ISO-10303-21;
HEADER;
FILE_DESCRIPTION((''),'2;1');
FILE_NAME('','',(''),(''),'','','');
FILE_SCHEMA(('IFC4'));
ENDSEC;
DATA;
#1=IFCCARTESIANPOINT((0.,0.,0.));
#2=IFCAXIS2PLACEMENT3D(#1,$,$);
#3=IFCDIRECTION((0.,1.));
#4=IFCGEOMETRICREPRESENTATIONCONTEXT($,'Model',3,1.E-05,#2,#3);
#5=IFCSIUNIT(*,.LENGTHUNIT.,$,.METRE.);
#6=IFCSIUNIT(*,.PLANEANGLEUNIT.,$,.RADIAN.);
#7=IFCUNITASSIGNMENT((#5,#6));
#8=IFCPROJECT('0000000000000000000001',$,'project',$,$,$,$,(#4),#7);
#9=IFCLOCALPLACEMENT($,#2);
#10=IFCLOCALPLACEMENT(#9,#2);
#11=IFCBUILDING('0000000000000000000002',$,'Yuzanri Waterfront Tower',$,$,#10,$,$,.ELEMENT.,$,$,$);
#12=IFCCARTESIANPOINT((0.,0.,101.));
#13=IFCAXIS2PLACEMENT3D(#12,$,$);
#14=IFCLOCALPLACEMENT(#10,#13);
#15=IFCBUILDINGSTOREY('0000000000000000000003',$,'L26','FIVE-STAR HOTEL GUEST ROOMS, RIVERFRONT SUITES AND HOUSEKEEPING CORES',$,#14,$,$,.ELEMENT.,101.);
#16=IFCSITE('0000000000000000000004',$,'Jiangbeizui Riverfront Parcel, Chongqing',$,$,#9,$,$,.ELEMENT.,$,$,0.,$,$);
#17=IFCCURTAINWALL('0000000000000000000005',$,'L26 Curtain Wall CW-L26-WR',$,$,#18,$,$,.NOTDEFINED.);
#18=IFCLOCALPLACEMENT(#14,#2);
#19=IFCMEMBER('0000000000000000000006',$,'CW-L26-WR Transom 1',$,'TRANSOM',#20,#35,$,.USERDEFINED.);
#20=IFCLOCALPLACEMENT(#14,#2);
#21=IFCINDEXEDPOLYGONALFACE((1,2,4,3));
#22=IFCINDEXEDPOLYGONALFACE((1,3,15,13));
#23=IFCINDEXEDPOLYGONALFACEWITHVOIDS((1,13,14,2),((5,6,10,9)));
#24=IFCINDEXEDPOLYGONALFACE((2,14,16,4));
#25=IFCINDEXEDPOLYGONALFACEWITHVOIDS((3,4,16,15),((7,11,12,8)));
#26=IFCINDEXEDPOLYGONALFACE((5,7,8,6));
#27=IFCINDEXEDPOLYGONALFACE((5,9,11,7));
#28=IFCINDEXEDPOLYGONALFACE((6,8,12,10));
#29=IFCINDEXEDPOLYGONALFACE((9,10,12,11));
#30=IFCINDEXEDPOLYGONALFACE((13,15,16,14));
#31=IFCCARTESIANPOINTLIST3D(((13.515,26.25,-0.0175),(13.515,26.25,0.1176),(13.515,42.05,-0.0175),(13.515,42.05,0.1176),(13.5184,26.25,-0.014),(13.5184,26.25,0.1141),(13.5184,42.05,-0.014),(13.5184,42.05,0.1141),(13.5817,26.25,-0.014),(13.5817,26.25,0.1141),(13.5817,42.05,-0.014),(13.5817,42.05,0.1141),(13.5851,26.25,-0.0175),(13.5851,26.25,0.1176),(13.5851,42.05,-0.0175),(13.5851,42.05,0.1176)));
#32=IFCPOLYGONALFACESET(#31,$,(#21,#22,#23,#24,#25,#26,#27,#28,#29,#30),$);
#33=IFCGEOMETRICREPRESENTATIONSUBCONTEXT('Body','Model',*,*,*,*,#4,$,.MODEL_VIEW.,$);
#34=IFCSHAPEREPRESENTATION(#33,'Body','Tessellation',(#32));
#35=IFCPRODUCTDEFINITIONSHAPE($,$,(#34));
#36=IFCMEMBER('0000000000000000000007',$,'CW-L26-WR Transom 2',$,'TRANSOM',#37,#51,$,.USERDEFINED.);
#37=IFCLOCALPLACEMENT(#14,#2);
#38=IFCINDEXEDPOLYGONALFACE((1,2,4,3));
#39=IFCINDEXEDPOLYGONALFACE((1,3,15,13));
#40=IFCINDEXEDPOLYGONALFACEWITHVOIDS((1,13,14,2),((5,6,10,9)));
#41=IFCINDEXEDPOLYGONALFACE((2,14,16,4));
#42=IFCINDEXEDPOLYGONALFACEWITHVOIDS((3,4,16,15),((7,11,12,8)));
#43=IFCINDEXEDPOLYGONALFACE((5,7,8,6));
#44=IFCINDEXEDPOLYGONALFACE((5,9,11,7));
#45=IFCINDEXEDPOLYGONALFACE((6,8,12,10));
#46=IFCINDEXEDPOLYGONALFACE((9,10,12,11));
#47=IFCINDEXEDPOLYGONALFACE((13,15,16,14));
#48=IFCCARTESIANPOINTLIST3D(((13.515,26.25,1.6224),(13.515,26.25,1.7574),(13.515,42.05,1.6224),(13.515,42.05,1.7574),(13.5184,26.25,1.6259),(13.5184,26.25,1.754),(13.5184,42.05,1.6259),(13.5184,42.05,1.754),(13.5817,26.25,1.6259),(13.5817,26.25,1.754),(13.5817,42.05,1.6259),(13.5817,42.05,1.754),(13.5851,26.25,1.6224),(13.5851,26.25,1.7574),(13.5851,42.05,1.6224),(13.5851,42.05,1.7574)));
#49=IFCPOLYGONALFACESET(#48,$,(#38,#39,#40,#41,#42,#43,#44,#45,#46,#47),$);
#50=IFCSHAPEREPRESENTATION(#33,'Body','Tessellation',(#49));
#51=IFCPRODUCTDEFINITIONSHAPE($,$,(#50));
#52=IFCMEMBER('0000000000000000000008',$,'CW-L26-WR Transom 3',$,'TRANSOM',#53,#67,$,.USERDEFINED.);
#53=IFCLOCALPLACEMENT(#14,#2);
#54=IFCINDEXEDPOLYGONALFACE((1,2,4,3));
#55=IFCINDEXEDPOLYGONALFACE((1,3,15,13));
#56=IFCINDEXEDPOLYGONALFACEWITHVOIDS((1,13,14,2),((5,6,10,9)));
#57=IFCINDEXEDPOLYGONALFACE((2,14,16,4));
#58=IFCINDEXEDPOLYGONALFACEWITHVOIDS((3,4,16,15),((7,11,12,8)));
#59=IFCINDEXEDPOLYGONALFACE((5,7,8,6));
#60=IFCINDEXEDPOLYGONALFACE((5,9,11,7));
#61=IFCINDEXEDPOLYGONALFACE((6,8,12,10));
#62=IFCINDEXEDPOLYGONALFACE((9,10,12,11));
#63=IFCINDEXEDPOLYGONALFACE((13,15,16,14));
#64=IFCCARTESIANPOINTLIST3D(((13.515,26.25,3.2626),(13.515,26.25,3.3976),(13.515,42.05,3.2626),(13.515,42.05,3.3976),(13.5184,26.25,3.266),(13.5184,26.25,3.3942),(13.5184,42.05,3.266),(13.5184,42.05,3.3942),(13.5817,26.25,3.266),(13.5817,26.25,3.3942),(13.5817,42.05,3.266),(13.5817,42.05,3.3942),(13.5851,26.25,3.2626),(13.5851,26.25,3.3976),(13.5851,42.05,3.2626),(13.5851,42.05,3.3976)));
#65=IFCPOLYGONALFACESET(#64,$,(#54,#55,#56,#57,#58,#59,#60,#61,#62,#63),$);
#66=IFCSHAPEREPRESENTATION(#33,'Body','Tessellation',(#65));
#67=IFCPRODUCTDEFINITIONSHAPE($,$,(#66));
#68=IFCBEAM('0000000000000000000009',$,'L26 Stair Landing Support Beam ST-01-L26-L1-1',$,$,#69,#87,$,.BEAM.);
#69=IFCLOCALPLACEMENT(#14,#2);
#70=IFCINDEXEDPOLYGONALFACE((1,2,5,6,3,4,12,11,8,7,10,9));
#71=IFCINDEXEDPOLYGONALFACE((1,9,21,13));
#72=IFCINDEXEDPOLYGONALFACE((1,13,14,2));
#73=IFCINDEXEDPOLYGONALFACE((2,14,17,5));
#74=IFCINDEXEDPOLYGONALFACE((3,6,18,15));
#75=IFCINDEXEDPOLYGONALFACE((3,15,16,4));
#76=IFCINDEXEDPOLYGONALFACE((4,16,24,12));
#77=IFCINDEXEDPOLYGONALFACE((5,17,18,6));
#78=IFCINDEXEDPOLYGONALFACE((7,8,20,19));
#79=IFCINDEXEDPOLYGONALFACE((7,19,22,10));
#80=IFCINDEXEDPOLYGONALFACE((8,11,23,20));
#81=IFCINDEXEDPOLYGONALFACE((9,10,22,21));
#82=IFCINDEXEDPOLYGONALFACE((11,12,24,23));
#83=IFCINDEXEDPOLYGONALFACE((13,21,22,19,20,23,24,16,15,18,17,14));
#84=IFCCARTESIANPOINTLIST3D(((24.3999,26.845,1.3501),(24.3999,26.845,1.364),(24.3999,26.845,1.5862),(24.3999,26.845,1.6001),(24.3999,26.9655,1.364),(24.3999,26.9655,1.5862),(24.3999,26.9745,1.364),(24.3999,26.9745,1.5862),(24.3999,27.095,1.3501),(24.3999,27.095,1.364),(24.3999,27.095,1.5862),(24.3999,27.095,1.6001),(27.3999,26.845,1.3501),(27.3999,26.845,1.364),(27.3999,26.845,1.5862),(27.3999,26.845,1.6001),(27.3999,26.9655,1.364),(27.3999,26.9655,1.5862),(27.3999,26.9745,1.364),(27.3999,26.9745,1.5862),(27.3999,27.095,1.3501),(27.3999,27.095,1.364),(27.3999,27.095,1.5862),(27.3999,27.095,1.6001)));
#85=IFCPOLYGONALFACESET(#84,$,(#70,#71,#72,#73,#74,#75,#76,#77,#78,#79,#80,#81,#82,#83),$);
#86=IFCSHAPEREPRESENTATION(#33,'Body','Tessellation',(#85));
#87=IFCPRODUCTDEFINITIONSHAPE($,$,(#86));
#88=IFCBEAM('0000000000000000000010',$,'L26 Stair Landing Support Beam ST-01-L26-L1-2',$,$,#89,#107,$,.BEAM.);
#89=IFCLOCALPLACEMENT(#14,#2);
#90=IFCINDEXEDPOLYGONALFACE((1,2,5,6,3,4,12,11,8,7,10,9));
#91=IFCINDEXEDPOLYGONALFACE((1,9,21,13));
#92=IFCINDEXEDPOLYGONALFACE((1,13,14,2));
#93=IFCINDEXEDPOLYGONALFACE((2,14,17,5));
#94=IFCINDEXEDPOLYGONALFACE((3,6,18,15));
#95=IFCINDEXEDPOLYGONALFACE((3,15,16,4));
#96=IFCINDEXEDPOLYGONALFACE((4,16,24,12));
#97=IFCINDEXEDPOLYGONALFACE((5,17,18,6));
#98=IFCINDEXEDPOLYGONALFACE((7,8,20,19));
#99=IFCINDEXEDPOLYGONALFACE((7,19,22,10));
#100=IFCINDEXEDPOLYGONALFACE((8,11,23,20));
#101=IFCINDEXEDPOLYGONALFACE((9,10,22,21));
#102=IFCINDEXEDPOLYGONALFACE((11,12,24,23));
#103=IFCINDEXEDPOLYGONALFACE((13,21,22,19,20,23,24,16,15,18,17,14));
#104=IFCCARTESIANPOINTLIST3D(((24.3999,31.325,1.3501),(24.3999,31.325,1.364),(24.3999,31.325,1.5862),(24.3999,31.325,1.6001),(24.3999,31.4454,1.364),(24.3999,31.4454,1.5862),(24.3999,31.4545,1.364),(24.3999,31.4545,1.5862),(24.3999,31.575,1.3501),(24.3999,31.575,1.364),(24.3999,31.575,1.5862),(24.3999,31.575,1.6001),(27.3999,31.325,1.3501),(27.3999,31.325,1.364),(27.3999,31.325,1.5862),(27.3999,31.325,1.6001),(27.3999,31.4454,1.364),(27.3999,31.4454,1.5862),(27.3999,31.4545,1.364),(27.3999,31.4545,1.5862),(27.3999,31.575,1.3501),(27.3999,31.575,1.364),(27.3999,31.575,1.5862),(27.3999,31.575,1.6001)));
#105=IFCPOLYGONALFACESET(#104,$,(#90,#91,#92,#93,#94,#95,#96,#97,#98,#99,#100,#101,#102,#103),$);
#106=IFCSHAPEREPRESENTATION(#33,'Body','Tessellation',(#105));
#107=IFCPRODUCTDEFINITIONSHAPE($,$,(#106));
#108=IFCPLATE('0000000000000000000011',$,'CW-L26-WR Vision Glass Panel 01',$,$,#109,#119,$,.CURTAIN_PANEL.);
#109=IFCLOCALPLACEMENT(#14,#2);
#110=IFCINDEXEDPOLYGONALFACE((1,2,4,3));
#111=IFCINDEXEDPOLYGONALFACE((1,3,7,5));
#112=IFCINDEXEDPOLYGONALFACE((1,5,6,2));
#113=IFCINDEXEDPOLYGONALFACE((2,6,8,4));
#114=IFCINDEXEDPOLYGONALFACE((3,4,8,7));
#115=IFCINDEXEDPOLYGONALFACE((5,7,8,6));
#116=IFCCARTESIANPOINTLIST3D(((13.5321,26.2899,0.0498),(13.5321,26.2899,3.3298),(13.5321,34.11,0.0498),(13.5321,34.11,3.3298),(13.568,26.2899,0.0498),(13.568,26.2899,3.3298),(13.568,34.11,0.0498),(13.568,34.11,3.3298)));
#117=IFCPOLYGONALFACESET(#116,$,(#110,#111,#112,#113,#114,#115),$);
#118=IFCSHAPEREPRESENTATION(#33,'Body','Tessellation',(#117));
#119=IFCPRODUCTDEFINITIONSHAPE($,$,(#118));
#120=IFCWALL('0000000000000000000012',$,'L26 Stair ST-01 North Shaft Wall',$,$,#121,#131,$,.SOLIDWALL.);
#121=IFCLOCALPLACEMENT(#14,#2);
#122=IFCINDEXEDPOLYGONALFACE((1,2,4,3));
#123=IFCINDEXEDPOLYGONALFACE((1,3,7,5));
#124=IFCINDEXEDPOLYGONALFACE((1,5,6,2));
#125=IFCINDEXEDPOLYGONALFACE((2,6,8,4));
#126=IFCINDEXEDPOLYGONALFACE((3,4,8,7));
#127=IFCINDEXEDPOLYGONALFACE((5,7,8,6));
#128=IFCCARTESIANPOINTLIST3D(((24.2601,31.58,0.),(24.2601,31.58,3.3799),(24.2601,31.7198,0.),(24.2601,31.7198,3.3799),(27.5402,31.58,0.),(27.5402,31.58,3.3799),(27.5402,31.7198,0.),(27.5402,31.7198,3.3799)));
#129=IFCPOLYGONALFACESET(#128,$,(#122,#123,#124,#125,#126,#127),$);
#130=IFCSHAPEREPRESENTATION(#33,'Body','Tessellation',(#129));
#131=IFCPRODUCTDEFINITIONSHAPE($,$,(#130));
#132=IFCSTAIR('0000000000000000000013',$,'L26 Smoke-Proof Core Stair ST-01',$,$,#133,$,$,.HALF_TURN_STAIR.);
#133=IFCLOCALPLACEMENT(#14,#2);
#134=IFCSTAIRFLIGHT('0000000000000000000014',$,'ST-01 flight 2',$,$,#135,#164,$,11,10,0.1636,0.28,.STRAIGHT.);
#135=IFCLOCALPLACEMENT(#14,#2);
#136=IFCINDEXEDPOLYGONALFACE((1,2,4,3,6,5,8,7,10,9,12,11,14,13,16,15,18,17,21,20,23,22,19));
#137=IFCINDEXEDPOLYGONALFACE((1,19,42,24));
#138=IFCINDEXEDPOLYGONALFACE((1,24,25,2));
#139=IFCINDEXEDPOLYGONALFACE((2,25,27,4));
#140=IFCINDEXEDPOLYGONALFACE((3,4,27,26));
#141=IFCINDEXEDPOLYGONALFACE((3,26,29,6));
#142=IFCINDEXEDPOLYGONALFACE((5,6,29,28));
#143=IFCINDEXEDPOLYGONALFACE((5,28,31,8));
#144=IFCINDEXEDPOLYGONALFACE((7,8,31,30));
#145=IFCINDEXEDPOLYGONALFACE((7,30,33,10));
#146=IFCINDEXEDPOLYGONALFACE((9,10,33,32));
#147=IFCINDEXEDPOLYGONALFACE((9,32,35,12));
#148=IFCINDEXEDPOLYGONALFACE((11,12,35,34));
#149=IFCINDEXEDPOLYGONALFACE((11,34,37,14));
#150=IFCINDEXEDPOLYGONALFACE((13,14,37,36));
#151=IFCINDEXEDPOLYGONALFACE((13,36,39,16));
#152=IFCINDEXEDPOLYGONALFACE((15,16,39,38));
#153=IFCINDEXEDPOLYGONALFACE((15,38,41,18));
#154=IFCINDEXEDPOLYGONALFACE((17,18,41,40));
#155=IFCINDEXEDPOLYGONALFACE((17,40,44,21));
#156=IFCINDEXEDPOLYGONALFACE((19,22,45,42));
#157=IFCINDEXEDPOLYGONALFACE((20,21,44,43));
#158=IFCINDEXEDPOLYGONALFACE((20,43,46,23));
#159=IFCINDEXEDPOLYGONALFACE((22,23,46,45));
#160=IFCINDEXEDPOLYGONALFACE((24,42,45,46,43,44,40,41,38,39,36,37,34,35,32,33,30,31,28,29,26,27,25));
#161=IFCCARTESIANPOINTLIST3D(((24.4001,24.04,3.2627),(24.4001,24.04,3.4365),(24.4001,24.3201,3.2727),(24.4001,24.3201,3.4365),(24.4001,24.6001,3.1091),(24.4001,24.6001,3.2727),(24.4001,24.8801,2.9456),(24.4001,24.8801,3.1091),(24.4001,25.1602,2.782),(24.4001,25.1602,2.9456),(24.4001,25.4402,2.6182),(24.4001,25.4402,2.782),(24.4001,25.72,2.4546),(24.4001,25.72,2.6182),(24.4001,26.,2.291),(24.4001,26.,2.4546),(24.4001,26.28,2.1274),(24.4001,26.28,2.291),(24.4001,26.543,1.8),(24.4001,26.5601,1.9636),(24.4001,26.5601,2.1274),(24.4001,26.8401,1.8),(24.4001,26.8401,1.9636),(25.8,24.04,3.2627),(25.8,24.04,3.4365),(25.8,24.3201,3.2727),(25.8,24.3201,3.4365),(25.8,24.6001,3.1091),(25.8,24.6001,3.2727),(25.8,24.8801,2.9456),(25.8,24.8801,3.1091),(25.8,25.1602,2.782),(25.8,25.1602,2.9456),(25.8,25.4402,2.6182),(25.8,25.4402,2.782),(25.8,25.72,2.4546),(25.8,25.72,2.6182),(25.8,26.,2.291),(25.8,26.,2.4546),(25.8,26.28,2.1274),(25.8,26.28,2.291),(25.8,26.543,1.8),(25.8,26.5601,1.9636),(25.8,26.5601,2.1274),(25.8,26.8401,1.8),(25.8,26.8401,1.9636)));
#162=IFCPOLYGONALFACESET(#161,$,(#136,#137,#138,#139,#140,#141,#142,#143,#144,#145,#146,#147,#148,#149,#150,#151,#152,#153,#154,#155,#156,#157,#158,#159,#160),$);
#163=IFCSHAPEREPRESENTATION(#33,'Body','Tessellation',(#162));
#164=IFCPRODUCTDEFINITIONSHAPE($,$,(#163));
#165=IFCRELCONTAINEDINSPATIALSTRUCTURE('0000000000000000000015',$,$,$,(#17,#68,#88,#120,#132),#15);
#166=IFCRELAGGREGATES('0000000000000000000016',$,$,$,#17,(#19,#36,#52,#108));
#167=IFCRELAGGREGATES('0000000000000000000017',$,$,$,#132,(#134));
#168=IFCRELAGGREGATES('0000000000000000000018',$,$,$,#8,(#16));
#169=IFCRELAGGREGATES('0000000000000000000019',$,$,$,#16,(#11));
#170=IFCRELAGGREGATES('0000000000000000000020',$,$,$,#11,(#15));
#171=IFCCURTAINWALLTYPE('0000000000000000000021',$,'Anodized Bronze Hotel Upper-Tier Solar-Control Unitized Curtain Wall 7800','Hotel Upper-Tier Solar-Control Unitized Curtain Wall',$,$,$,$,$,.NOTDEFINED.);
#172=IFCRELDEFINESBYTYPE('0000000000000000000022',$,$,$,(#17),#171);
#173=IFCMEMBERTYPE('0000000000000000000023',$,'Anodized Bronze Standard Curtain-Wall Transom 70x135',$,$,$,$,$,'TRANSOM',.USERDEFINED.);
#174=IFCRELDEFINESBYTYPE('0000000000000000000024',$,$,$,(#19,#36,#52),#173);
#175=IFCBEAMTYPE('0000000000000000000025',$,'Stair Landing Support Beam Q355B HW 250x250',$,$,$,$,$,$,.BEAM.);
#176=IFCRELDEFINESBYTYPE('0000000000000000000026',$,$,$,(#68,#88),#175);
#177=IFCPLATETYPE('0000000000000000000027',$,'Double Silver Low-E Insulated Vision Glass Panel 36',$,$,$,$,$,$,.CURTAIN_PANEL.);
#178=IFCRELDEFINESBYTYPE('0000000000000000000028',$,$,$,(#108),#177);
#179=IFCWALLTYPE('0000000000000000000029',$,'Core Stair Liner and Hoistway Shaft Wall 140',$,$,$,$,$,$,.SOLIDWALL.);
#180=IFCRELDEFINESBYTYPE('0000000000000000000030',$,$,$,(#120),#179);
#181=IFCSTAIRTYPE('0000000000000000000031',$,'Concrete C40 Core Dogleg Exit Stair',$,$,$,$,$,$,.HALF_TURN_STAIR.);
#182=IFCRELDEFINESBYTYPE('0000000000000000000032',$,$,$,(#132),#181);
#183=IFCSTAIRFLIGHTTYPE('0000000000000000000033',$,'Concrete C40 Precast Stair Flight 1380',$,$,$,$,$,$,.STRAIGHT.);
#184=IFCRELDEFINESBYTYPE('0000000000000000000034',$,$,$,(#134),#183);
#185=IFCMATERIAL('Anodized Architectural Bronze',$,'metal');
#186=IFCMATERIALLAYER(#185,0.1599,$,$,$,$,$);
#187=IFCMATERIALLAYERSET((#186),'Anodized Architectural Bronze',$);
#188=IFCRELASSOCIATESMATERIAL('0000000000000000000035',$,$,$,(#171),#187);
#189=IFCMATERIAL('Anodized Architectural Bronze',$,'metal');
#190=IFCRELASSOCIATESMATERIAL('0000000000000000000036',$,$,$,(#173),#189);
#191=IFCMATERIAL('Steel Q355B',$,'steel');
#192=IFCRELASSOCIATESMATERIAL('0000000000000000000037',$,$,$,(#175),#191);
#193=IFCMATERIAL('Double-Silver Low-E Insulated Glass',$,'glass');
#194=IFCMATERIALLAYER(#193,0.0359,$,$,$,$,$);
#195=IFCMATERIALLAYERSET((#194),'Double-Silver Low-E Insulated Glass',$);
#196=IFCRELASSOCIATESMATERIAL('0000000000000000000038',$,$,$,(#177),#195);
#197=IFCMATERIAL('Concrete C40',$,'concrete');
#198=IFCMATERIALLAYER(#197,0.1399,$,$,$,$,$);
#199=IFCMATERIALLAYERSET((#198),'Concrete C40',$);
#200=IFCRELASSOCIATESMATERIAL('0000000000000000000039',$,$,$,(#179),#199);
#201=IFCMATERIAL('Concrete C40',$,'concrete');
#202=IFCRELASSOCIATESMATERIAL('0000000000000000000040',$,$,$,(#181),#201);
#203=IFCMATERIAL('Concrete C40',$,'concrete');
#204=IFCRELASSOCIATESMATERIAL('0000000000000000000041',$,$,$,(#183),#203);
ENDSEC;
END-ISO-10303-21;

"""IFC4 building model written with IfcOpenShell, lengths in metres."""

from ifc_helpers import new_model, si_unit, direction, frame, frame_2d, origin, origin_2d, place, context, subcontext, project, spatial, polyline, rectangle, hollow_rectangle, i_section, outline, extrude, source, transform, mapped, material, layer, layer_set, material_profile, profile_set, type_object, element, aggregate, save


model = new_model("IFC4")

# Units and contexts
model_context = context("Model", 3, precision=1e-05, world=origin(), true_north=direction((0.0, 1.0)))
body_context = subcontext(model_context, "Body", "Model", "MODEL_VIEW")
ifc_project = project(units=[si_unit("LENGTHUNIT", "METRE"), si_unit("PLANEANGLEUNIT", "RADIAN")], contexts=[model_context])

# Site, building, storey
site_placement = place(None, origin())
site = spatial("IfcSite", under=ifc_project, at=site_placement, Name="Jiangbeizui Riverfront Parcel, Chongqing", CompositionType="ELEMENT", RefElevation=0.0)
building_placement = place(site_placement, origin())
building = spatial("IfcBuilding", under=site, at=building_placement, Name="Yuzanri Waterfront Tower", CompositionType="ELEMENT")
storey_placement = place(building_placement, frame((0.0, 0.0, 101.0)))
storey = spatial("IfcBuildingStorey", under=building, at=storey_placement, Name="L26", Description="FIVE-STAR HOTEL GUEST ROOMS, RIVERFRONT SUITES AND HOUSEKEEPING CORES", CompositionType="ELEMENT", Elevation=101.0)

# Curtain wall, members
ifc_material_1 = material(Name="Anodized Architectural Bronze", Category="metal")
ifc_layer_1 = layer(ifc_material_1, 0.1599)
ifc_layer_set_1 = layer_set([ifc_layer_1], Name="Anodized Architectural Bronze")
curtain_wall_type = type_object("IfcCurtainWallType", Name="Anodized Bronze Hotel Upper-Tier Solar-Control Unitized Curtain Wall 7800", Description="Hotel Upper-Tier Solar-Control Unitized Curtain Wall", PredefinedType="NOTDEFINED", material=ifc_layer_set_1)
curtain_wall_1_placement = place(storey_placement, origin())
curtain_wall_1 = element("IfcCurtainWall", 1, at=curtain_wall_1_placement, inside=storey, type_object=curtain_wall_type, Name="L26 Curtain Wall CW-L26-WR", PredefinedType="NOTDEFINED")
ifc_material_2 = material(Name="Anodized Architectural Bronze", Category="metal")
ifc_material_profile_1 = material_profile(ifc_material_2, hollow_rectangle(XDim=0.0701, YDim=0.135, WallThickness=0.0034, at=origin_2d()), Name="CWT 70x135")
ifc_profile_set_1 = profile_set([ifc_material_profile_1], Name="Anodized Architectural Bronze")
member_type_1 = type_object("IfcMemberType", Name="Anodized Bronze Standard Curtain-Wall Transom 70x135", ElementType="TRANSOM", PredefinedType="USERDEFINED", material=ifc_profile_set_1)
shared_shape_1 = source(origin(), body_context, "Body", "SweptSolid", [
    extrude(hollow_rectangle(XDim=0.0701, YDim=0.135, WallThickness=0.0034, at=origin_2d()), origin(), (0.0, 0.0, 1.0), 15.8),
])
member_1_placement = place(storey_placement, frame((13.55, 26.25, 0.05), z_axis=(0.0, 1.0, 0.0), x_axis=(-1.0, 0.0, 0.0)))
member_1 = element("IfcMember", 2, at=member_1_placement, type_object=member_type_1, Name="CW-L26-WR Transom 1", ObjectType="TRANSOM", PredefinedType="USERDEFINED", context=body_context, shape_type="MappedRepresentation", body=[
    mapped(shared_shape_1, transform((0.0, 0.0, 0.0), scale=1.0)),
])
member_2_placement = place(storey_placement, frame((13.55, 26.25, 1.6899), z_axis=(0.0, 1.0, 0.0), x_axis=(-1.0, 0.0, 0.0)))
member_2 = element("IfcMember", 3, at=member_2_placement, type_object=member_type_1, Name="CW-L26-WR Transom 2", ObjectType="TRANSOM", PredefinedType="USERDEFINED", context=body_context, shape_type="MappedRepresentation", body=[
    mapped(shared_shape_1, transform((0.0, 0.0, 0.0), scale=1.0)),
])
member_3_placement = place(storey_placement, frame((13.55, 26.25, 3.3301), z_axis=(0.0, 1.0, 0.0), x_axis=(-1.0, 0.0, 0.0)))
member_3 = element("IfcMember", 4, at=member_3_placement, type_object=member_type_1, Name="CW-L26-WR Transom 3", ObjectType="TRANSOM", PredefinedType="USERDEFINED", context=body_context, shape_type="MappedRepresentation", body=[
    mapped(shared_shape_1, transform((0.0, 0.0, 0.0), scale=1.0)),
])

# Beams
ifc_material_3 = material(Name="Steel Q355B", Category="steel")
ifc_material_profile_2 = material_profile(ifc_material_3, i_section(OverallWidth=0.25, OverallDepth=0.25, WebThickness=0.009, FlangeThickness=0.0139, at=origin_2d()), Name="HW 250x250x9x14")
ifc_profile_set_2 = profile_set([ifc_material_profile_2], Name="Steel Q355B")
beam_type_1 = type_object("IfcBeamType", Name="Stair Landing Support Beam Q355B HW 250x250", PredefinedType="BEAM", material=ifc_profile_set_2)
shared_shape_2 = source(origin(), body_context, "Body", "SweptSolid", [
    extrude(i_section(OverallWidth=0.25, OverallDepth=0.25, WebThickness=0.009, FlangeThickness=0.0139, at=origin_2d()), origin(), (0.0, 0.0, 1.0), 3.0),
])
for number, where, z_axis, x_axis, name in (
    (5, (24.3999, 26.97, 1.4751), (1.0, 0.0, 0.0), (0.0, 1.0, 0.0), "L26 Stair Landing Support Beam ST-01-L26-L1-1"),
    (6, (24.3999, 31.45, 1.4751), (1.0, 0.0, 0.0), (0.0, 1.0, 0.0), "L26 Stair Landing Support Beam ST-01-L26-L1-2"),
):
    element("IfcBeam", number, at=place(storey_placement, frame(where, z_axis=z_axis, x_axis=x_axis)), inside=storey, type_object=beam_type_1, Name=name, PredefinedType="BEAM", context=body_context, shape_type="MappedRepresentation", body=[
        mapped(shared_shape_2, transform((0.0, 0.0, 0.0), scale=1.0)),
    ])

# Plate
ifc_material_4 = material(Name="Double-Silver Low-E Insulated Glass", Category="glass")
ifc_layer_2 = layer(ifc_material_4, 0.0359)
ifc_layer_set_2 = layer_set([ifc_layer_2], Name="Double-Silver Low-E Insulated Glass")
plate_type = type_object("IfcPlateType", Name="Double Silver Low-E Insulated Vision Glass Panel 36", PredefinedType="CURTAIN_PANEL", material=ifc_layer_set_2)
shared_shape_3 = source(origin(), body_context, "Body", "SweptSolid", [
    extrude(rectangle(XDim=7.8201, YDim=0.0359, at=origin_2d()), origin(), (0.0, 0.0, 1.0), 3.28),
])
plate_placement = place(storey_placement, frame((13.55, 30.2, 0.0498), z_axis=(0.0, 0.0, 1.0), x_axis=(0.0, 1.0, 0.0)))
plate = element("IfcPlate", 7, at=plate_placement, type_object=plate_type, Name="CW-L26-WR Vision Glass Panel 01", PredefinedType="CURTAIN_PANEL", context=body_context, shape_type="MappedRepresentation", body=[
    mapped(shared_shape_3, transform((0.0, 0.0, 0.0), scale=1.0)),
])
aggregate(curtain_wall_1, [member_1, member_2, member_3, plate])

# Wall
ifc_material_5 = material(Name="Concrete C40", Category="concrete")
ifc_layer_3 = layer(ifc_material_5, 0.1399)
ifc_layer_set_3 = layer_set([ifc_layer_3], Name="Concrete C40")
wall_type = type_object("IfcWallType", Name="Core Stair Liner and Hoistway Shaft Wall 140", PredefinedType="SOLIDWALL", material=ifc_layer_set_3)
shared_shape_4 = source(origin(), body_context, "Body", "SweptSolid", [
    extrude(rectangle(XDim=3.28, YDim=0.1399, at=frame_2d((1.6401, 0.0))), origin(), (0.0, 0.0, 1.0), 3.3799),
])
wall_placement = place(storey_placement, frame((24.26, 31.6499, 0.0), z_axis=(0.0, 0.0, 1.0), x_axis=(1.0, 0.0, 0.0)))
element("IfcWall", 8, at=wall_placement, inside=storey, type_object=wall_type, Name="L26 Stair ST-01 North Shaft Wall", PredefinedType="SOLIDWALL", context=body_context, shape_type="MappedRepresentation", body=[
    mapped(shared_shape_4, transform((0.0, 0.0, 0.0), scale=1.0)),
])

# Stair, stair flight
ifc_material_6 = material(Name="Concrete C40", Category="concrete")
stair_type = type_object("IfcStairType", Name="Concrete C40 Core Dogleg Exit Stair", PredefinedType="HALF_TURN_STAIR", material=ifc_material_6)
stair_placement = place(storey_placement, origin())
stair = element("IfcStair", 9, at=stair_placement, inside=storey, type_object=stair_type, Name="L26 Smoke-Proof Core Stair ST-01", PredefinedType="HALF_TURN_STAIR")
ifc_material_7 = material(Name="Concrete C40", Category="concrete")
stair_flight_type = type_object("IfcStairFlightType", Name="Concrete C40 Precast Stair Flight 1380", PredefinedType="STRAIGHT", material=ifc_material_7)
shared_shape_5 = source(origin(), body_context, "Body", "SweptSolid", [
    extrude(outline(polyline([(0.0, 0.0), (0.0, 0.1636), (0.28, 0.1636), (0.28, 0.3274), (0.5601, 0.3274), (0.5601, 0.491), (0.8401, 0.491), (0.8401, 0.6545), (1.1201, 0.6545), (1.1201, 0.8181), (1.3999, 0.8181), (1.3999, 0.9819), (1.6799, 0.9819), (1.6799, 1.1455), (1.96, 1.1455), (1.96, 1.3091), (2.24, 1.3091), (2.24, 1.4727), (2.52, 1.4727), (2.52, 1.6365), (2.8, 1.6365), (2.8, 1.8), (2.8, 1.4626), (0.2971, 0.0), (0.0, 0.0)])), frame((0.0, 0.7, 0.0), z_axis=(0.0, -1.0, 0.0), x_axis=(1.0, 0.0, 0.0)), (0.0, 0.0, 1.0), 1.3999),
])
stair_flight_placement = place(storey_placement, frame((25.1001, 26.8401, 1.8), z_axis=(0.0, 0.0, 1.0), x_axis=(0.0, -1.0, 0.0)))
stair_flight = element("IfcStairFlight", 10, at=stair_flight_placement, type_object=stair_flight_type, Name="ST-01 flight 2", NumberOfRisers=11, NumberOfTreads=10, PredefinedType="STRAIGHT", RiserHeight=0.1636, TreadLength=0.28, context=body_context, shape_type="MappedRepresentation", body=[
    mapped(shared_shape_5, transform((0.0, 0.0, 0.0), scale=1.0)),
])
aggregate(stair, [stair_flight])

save(model, "model.ifc")
